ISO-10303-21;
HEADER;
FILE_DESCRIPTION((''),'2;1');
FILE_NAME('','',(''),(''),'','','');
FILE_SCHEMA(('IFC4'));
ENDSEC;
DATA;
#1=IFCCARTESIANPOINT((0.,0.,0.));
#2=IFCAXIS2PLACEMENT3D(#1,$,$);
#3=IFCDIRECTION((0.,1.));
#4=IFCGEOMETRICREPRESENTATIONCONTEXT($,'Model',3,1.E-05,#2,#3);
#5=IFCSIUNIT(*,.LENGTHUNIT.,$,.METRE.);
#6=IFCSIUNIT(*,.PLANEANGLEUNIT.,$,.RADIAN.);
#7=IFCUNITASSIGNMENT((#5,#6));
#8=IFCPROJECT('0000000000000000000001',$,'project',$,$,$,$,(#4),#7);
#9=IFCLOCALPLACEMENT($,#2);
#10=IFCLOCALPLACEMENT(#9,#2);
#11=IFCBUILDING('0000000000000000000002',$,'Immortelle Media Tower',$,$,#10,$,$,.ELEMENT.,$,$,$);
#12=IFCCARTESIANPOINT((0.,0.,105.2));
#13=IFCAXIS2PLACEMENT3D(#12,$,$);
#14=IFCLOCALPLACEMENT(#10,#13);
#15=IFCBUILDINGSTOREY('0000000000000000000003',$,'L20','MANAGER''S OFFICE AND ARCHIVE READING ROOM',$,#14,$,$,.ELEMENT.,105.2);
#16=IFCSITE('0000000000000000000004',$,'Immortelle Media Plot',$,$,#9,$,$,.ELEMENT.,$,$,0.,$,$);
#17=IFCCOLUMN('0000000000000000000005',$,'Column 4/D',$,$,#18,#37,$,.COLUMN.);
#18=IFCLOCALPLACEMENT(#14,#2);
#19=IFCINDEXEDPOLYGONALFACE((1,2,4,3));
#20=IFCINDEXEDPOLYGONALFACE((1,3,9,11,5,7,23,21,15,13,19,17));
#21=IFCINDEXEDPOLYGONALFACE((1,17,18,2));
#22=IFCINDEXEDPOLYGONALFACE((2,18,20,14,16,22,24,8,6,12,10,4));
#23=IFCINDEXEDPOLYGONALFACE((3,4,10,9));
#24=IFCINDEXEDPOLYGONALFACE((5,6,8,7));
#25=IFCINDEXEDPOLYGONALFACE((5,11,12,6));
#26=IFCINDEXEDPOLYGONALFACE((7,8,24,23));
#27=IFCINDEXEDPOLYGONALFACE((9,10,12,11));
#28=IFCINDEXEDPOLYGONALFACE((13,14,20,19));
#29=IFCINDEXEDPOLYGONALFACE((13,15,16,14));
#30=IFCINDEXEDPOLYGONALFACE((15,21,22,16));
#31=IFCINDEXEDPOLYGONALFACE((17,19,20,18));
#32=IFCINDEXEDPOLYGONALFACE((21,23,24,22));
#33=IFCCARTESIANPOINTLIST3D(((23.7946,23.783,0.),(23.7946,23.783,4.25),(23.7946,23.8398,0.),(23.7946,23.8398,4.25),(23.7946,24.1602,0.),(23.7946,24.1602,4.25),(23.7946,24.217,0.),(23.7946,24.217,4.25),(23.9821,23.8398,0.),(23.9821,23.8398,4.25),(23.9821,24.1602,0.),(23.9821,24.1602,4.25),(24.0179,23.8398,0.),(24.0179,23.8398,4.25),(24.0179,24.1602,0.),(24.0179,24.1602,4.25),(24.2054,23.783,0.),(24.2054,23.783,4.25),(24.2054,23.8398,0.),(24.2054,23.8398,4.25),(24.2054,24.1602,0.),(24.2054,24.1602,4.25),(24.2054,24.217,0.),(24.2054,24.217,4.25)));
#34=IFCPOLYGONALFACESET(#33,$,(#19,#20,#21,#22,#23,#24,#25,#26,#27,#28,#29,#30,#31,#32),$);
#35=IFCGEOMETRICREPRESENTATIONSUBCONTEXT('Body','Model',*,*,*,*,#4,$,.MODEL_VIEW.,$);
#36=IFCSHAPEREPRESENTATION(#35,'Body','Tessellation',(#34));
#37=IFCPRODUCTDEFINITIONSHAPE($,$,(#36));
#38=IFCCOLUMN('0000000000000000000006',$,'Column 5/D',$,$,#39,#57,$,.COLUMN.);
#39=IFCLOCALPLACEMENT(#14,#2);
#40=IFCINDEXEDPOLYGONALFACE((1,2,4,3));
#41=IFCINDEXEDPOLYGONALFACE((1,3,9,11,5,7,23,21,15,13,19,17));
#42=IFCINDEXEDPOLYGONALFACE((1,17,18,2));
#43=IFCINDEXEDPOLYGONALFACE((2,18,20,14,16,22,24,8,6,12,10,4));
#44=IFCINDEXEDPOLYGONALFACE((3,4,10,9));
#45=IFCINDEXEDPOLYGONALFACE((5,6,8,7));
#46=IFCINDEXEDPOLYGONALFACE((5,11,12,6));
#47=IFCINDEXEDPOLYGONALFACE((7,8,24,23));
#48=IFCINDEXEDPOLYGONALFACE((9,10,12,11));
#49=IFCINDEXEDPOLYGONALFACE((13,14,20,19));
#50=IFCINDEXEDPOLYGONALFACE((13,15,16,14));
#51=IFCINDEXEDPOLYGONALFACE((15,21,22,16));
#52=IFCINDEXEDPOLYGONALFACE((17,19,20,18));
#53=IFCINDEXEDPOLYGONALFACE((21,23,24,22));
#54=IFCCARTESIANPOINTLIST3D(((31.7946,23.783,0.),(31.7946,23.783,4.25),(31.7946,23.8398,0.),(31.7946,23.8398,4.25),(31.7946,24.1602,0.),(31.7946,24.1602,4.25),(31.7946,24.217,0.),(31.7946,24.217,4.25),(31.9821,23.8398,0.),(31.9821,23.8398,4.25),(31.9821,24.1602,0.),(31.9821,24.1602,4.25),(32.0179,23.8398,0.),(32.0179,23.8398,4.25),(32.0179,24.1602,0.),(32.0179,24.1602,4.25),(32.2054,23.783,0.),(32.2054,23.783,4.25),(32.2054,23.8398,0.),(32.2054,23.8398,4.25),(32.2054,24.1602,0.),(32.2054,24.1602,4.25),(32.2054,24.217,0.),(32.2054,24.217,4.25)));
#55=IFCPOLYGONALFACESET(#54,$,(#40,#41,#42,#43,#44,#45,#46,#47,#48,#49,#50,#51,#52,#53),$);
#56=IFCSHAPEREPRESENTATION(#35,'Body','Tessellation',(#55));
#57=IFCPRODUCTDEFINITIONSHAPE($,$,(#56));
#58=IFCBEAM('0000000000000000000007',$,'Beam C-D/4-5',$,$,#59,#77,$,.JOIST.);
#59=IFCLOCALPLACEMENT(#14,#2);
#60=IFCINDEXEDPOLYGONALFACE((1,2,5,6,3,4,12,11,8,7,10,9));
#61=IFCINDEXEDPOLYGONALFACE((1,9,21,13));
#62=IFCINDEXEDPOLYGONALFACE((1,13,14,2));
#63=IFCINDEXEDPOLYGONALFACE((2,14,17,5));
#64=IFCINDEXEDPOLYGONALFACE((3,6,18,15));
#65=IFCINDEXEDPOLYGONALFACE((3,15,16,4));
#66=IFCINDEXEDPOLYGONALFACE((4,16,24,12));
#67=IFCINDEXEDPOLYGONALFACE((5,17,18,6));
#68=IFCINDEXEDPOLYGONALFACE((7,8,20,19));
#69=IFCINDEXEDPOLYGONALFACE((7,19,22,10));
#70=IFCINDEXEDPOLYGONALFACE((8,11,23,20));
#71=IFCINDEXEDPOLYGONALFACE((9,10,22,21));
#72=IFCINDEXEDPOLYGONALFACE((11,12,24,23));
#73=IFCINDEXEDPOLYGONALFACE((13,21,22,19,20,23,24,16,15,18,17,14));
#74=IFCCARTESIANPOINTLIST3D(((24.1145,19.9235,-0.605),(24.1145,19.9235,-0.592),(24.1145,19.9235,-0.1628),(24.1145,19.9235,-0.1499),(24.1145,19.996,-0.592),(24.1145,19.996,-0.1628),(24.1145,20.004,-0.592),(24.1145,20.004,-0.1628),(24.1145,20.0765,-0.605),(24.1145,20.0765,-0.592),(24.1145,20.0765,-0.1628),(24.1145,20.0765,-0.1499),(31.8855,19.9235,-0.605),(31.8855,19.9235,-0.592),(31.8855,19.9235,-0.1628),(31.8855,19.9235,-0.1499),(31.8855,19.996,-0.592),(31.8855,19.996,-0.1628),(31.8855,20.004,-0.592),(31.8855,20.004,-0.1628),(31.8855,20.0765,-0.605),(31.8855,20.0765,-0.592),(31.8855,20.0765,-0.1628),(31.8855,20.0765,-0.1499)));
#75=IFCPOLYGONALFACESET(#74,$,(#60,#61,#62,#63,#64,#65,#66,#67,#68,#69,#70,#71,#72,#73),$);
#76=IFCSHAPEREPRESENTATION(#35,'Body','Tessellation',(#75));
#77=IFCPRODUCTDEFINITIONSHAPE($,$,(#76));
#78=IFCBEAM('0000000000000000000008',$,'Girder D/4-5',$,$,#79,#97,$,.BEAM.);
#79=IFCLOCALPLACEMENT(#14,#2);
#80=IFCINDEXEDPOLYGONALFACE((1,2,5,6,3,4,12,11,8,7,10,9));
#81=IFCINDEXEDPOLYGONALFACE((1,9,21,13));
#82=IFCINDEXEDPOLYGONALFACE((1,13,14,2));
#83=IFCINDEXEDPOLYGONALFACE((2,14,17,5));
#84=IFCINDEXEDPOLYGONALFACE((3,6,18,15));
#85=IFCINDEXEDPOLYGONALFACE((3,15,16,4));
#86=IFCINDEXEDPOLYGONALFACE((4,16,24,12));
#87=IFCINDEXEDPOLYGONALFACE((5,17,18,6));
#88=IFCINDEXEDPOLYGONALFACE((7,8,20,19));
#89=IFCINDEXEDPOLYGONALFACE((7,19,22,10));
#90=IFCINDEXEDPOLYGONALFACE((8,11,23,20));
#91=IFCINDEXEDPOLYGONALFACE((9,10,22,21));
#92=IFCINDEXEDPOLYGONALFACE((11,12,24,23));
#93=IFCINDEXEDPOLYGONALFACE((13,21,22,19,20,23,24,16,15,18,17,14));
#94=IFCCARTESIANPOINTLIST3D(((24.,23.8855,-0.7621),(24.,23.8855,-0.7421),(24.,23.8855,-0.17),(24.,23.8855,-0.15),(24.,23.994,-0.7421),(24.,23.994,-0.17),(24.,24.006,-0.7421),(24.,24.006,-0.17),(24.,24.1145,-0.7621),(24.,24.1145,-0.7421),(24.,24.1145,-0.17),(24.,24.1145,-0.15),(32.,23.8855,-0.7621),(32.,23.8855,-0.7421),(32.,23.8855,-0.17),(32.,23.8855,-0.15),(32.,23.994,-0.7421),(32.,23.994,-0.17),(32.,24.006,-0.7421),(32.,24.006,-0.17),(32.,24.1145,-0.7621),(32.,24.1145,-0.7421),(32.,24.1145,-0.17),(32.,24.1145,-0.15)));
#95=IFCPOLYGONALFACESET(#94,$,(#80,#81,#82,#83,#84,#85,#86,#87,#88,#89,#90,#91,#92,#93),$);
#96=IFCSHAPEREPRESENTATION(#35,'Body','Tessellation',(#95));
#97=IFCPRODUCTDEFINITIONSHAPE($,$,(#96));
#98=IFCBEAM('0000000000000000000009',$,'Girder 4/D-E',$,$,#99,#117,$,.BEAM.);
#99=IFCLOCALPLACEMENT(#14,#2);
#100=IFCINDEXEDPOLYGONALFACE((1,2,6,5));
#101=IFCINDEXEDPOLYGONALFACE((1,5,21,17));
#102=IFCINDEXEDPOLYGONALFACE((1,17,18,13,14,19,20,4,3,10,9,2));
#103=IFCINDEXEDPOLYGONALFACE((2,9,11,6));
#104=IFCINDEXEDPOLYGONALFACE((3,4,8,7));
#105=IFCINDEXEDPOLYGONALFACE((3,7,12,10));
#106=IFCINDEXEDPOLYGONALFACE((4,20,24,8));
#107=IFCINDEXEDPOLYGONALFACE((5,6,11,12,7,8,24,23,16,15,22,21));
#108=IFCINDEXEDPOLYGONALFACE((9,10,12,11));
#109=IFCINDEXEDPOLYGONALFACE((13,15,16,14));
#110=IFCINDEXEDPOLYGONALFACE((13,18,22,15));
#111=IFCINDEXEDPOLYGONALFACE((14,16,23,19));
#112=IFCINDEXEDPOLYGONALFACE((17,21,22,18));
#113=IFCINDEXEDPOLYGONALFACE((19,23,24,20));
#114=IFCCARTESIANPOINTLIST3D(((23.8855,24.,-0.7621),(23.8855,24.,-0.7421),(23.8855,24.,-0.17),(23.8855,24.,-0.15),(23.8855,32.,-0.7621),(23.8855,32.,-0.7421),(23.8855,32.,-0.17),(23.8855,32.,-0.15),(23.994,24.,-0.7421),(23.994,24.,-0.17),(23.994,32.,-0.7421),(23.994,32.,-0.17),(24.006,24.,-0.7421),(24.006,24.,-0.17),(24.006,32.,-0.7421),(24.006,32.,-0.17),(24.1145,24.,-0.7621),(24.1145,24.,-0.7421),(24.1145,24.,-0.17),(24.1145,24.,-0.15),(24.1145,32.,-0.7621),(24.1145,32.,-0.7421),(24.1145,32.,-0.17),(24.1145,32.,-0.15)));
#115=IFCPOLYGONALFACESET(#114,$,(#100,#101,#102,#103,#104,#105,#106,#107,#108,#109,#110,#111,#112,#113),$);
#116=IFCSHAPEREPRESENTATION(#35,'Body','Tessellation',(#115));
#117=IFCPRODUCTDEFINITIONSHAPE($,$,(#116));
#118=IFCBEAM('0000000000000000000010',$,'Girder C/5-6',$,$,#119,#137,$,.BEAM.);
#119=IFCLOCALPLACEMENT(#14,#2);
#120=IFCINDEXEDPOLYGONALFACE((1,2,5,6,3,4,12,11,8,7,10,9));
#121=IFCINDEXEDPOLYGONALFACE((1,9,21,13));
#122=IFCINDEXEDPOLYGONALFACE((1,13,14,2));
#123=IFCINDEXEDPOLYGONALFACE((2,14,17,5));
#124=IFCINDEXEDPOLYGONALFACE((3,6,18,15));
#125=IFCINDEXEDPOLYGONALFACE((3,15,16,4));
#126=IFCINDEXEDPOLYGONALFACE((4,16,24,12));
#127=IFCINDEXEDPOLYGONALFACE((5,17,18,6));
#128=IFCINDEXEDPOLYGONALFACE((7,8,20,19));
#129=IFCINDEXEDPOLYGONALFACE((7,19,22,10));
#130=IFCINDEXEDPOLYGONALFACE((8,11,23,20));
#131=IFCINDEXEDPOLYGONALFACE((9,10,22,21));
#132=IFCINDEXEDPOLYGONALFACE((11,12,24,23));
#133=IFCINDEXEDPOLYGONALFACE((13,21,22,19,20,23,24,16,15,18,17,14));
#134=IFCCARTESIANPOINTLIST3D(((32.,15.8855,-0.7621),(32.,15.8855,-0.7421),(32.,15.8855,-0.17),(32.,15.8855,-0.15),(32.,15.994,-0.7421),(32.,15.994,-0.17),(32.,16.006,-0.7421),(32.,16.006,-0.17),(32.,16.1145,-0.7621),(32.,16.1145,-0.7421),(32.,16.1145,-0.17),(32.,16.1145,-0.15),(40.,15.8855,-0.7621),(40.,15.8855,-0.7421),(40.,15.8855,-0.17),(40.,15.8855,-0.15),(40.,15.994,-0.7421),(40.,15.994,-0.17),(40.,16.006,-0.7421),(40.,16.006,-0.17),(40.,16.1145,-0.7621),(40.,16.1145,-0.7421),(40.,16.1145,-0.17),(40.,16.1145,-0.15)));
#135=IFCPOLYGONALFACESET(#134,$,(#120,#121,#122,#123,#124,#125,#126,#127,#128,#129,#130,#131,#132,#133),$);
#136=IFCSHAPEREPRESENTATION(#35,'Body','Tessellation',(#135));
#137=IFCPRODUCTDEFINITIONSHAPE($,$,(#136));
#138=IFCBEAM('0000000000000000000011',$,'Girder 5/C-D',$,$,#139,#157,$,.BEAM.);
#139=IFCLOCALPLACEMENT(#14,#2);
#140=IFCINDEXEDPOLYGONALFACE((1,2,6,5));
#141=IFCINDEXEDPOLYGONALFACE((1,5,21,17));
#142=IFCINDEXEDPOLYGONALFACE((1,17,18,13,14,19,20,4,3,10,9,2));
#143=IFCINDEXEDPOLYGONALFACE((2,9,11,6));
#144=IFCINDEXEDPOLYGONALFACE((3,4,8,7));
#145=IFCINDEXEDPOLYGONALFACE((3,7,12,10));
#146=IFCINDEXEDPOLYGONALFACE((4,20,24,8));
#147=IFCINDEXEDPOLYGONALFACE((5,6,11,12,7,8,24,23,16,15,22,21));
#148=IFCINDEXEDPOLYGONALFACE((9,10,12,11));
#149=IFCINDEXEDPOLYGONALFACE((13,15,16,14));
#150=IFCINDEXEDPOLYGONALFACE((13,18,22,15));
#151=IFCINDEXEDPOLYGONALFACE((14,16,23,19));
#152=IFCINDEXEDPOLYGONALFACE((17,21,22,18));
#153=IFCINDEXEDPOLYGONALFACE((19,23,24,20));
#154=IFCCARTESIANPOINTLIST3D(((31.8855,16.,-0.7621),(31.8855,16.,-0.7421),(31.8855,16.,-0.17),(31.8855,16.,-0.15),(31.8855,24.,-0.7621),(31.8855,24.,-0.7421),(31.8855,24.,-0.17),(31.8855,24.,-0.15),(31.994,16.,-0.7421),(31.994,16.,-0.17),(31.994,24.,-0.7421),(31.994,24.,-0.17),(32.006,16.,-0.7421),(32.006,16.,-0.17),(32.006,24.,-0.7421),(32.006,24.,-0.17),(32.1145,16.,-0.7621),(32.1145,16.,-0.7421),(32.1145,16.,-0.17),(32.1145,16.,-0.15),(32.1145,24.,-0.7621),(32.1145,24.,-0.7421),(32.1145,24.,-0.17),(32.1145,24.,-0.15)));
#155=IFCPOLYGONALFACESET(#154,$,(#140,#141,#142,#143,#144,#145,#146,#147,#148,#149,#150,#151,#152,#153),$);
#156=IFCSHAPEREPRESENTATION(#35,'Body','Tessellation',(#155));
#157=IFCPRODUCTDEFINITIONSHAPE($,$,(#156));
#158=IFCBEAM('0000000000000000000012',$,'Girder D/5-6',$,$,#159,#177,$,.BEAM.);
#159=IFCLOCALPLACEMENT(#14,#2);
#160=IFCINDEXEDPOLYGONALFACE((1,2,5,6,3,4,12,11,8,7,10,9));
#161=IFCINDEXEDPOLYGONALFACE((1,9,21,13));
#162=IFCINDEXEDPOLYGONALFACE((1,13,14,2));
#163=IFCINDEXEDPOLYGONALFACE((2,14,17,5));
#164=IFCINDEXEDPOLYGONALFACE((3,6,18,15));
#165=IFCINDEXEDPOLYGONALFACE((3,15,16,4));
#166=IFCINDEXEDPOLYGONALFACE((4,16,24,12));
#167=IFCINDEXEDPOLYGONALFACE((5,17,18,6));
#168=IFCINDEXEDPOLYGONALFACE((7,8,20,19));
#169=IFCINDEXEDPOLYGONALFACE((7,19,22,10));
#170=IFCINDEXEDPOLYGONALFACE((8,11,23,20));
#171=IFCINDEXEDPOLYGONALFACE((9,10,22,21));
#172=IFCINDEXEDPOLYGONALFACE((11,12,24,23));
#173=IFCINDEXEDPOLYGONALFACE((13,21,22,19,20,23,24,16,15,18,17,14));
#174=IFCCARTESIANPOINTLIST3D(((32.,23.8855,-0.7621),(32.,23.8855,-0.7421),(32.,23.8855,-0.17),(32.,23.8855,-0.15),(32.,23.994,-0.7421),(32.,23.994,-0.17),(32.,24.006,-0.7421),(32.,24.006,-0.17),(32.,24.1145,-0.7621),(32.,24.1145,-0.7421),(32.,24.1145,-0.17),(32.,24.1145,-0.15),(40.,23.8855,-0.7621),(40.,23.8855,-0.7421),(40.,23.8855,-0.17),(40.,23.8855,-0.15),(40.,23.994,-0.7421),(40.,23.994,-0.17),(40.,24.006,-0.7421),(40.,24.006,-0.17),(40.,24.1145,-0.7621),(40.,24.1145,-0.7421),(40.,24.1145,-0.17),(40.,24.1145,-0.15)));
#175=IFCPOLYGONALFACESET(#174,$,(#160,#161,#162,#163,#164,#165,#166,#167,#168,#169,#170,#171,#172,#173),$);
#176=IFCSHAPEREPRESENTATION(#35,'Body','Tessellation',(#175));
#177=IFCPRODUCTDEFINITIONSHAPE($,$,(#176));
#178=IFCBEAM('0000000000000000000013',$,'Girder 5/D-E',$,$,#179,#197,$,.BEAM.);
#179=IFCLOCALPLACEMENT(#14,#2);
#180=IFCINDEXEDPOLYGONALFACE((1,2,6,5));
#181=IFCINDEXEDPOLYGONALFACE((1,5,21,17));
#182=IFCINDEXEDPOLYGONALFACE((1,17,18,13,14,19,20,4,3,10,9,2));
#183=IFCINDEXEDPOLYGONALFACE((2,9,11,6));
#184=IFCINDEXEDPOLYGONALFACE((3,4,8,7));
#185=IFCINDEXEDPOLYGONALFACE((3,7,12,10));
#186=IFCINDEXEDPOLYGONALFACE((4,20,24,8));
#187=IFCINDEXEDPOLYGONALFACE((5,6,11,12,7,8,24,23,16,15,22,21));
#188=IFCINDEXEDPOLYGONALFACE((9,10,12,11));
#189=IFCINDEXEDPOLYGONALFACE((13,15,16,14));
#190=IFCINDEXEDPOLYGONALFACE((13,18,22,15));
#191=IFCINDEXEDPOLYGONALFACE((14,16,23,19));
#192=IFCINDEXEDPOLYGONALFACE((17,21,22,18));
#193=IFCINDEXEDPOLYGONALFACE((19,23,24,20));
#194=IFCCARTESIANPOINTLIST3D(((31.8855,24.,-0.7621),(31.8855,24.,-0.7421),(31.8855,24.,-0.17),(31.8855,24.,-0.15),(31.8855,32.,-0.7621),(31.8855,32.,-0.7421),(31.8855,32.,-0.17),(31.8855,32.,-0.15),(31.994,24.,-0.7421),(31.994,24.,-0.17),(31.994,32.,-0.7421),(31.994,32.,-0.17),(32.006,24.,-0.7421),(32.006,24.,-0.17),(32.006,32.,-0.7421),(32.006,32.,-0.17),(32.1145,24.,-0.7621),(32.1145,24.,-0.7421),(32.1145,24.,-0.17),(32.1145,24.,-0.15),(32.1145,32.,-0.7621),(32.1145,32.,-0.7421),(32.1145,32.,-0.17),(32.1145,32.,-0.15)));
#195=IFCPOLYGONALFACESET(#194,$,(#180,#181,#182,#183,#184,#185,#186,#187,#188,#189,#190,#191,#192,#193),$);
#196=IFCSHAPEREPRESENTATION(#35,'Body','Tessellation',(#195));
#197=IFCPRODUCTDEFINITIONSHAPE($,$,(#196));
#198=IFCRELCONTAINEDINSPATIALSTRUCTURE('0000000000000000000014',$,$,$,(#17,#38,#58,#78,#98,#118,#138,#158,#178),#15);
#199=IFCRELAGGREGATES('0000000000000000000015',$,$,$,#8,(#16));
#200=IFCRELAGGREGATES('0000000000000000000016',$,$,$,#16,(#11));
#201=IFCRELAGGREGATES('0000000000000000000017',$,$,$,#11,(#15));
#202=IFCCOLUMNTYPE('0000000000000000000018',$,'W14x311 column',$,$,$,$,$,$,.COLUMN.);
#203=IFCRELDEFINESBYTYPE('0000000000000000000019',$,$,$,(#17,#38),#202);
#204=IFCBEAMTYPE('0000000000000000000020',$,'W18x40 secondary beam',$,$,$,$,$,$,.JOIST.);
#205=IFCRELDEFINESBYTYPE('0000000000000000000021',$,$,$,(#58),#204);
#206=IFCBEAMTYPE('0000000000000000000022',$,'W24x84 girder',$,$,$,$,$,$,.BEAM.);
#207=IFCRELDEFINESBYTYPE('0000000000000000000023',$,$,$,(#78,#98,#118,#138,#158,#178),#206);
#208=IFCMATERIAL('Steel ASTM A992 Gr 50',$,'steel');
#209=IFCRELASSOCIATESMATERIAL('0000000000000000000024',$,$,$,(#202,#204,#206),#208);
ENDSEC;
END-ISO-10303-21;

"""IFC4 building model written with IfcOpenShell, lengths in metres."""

from ifc_helpers import new_model, si_unit, direction, frame, origin, origin_2d, place, context, subcontext, project, spatial, i_section, extrude, material, material_profile, profile_set, type_object, element, save


model = new_model("IFC4")

# Units and contexts
model_context = context("Model", 3, precision=1e-05, world=origin(), true_north=direction((0.0, 1.0)))
body_context = subcontext(model_context, "Body", "Model", "MODEL_VIEW")
ifc_project = project(units=[si_unit("LENGTHUNIT", "METRE"), si_unit("PLANEANGLEUNIT", "RADIAN")], contexts=[model_context])

# Site, building, storey
site_placement = place(None, origin())
site = spatial("IfcSite", under=ifc_project, at=site_placement, Name="Immortelle Media Plot", CompositionType="ELEMENT", RefElevation=0.0)
building_placement = place(site_placement, origin())
building = spatial("IfcBuilding", under=site, at=building_placement, Name="Immortelle Media Tower", CompositionType="ELEMENT")
storey_placement = place(building_placement, frame((0.0, 0.0, 105.2)))
storey = spatial("IfcBuildingStorey", under=building, at=storey_placement, Name="L20", Description="MANAGER'S OFFICE AND ARCHIVE READING ROOM", CompositionType="ELEMENT", Elevation=105.2)

# Columns
ifc_material_1 = material(Name="Steel ASTM A992 Gr 50", Category="steel")
ifc_material_profile_1 = material_profile(ifc_material_1, i_section(OverallWidth=0.4109, OverallDepth=0.4341, WebThickness=0.0359, FlangeThickness=0.0569, at=origin_2d()), Name="W14x311")
ifc_profile_set_1 = profile_set([ifc_material_profile_1], Name="Steel ASTM A992 Gr 50")
column_type = type_object("IfcColumnType", Name="W14x311 column", PredefinedType="COLUMN", material=ifc_profile_set_1)
for number, where, z_axis, x_axis, name in (
    (1, (24.0, 24.0, 0.0), (0.0, 0.0, 1.0), (1.0, 0.0, 0.0), "Column 4/D"),
    (2, (32.0, 24.0, 0.0), (0.0, 0.0, 1.0), (1.0, 0.0, 0.0), "Column 5/D"),
):
    element("IfcColumn", number, at=place(storey_placement, frame(where, z_axis=z_axis, x_axis=x_axis)), inside=storey, type_object=column_type, Name=name, PredefinedType="COLUMN", context=body_context, shape_type="SweptSolid", body=[
        extrude(i_section(OverallWidth=0.4109, OverallDepth=0.4341, WebThickness=0.0359, FlangeThickness=0.0569, at=origin_2d()), origin(), (0.0, 0.0, 1.0), 4.25),
    ])

# Beams
ifc_material_profile_2 = material_profile(ifc_material_1, i_section(OverallWidth=0.1531, OverallDepth=0.4551, WebThickness=0.0081, FlangeThickness=0.0129, at=origin_2d()), Name="W18x40")
ifc_profile_set_2 = profile_set([ifc_material_profile_2], Name="Steel ASTM A992 Gr 50")
beam_type_1 = type_object("IfcBeamType", Name="W18x40 secondary beam", PredefinedType="JOIST", material=ifc_profile_set_2)
beam_placement = place(storey_placement, frame((24.1145, 20.0, -0.3774), z_axis=(1.0, 0.0, 0.0), x_axis=(0.0, 1.0, 0.0)))
element("IfcBeam", 3, at=beam_placement, inside=storey, type_object=beam_type_1, Name="Beam C-D/4-5", PredefinedType="JOIST", context=body_context, shape_type="SweptSolid", body=[
    extrude(i_section(OverallWidth=0.1531, OverallDepth=0.4551, WebThickness=0.0081, FlangeThickness=0.0129, at=origin_2d()), origin(), (0.0, 0.0, 1.0), 7.771),
])
ifc_material_profile_3 = material_profile(ifc_material_1, i_section(OverallWidth=0.229, OverallDepth=0.6121, WebThickness=0.012, FlangeThickness=0.02, at=origin_2d()), Name="W24x84")
ifc_profile_set_3 = profile_set([ifc_material_profile_3], Name="Steel ASTM A992 Gr 50")
beam_type_2 = type_object("IfcBeamType", Name="W24x84 girder", PredefinedType="BEAM", material=ifc_profile_set_3)
for number, where, z_axis, x_axis, name in (
    (4, (24.0, 24.0, -0.4561), (1.0, 0.0, 0.0), (0.0, 1.0, 0.0), "Girder D/4-5"),
    (5, (24.0, 24.0, -0.4561), (0.0, 1.0, 0.0), (-1.0, 0.0, 0.0), "Girder 4/D-E"),
    (6, (32.0, 16.0, -0.4561), (1.0, 0.0, 0.0), (0.0, 1.0, 0.0), "Girder C/5-6"),
    (7, (32.0, 16.0, -0.4561), (0.0, 1.0, 0.0), (-1.0, 0.0, 0.0), "Girder 5/C-D"),
    (8, (32.0, 24.0, -0.4561), (1.0, 0.0, 0.0), (0.0, 1.0, 0.0), "Girder D/5-6"),
    (9, (32.0, 24.0, -0.4561), (0.0, 1.0, 0.0), (-1.0, 0.0, 0.0), "Girder 5/D-E"),
):
    element("IfcBeam", number, at=place(storey_placement, frame(where, z_axis=z_axis, x_axis=x_axis)), inside=storey, type_object=beam_type_2, Name=name, PredefinedType="BEAM", context=body_context, shape_type="SweptSolid", body=[
        extrude(i_section(OverallWidth=0.229, OverallDepth=0.6121, WebThickness=0.012, FlangeThickness=0.02, at=origin_2d()), origin(), (0.0, 0.0, 1.0), 8.0),
    ])

save(model, "model.ifc")
